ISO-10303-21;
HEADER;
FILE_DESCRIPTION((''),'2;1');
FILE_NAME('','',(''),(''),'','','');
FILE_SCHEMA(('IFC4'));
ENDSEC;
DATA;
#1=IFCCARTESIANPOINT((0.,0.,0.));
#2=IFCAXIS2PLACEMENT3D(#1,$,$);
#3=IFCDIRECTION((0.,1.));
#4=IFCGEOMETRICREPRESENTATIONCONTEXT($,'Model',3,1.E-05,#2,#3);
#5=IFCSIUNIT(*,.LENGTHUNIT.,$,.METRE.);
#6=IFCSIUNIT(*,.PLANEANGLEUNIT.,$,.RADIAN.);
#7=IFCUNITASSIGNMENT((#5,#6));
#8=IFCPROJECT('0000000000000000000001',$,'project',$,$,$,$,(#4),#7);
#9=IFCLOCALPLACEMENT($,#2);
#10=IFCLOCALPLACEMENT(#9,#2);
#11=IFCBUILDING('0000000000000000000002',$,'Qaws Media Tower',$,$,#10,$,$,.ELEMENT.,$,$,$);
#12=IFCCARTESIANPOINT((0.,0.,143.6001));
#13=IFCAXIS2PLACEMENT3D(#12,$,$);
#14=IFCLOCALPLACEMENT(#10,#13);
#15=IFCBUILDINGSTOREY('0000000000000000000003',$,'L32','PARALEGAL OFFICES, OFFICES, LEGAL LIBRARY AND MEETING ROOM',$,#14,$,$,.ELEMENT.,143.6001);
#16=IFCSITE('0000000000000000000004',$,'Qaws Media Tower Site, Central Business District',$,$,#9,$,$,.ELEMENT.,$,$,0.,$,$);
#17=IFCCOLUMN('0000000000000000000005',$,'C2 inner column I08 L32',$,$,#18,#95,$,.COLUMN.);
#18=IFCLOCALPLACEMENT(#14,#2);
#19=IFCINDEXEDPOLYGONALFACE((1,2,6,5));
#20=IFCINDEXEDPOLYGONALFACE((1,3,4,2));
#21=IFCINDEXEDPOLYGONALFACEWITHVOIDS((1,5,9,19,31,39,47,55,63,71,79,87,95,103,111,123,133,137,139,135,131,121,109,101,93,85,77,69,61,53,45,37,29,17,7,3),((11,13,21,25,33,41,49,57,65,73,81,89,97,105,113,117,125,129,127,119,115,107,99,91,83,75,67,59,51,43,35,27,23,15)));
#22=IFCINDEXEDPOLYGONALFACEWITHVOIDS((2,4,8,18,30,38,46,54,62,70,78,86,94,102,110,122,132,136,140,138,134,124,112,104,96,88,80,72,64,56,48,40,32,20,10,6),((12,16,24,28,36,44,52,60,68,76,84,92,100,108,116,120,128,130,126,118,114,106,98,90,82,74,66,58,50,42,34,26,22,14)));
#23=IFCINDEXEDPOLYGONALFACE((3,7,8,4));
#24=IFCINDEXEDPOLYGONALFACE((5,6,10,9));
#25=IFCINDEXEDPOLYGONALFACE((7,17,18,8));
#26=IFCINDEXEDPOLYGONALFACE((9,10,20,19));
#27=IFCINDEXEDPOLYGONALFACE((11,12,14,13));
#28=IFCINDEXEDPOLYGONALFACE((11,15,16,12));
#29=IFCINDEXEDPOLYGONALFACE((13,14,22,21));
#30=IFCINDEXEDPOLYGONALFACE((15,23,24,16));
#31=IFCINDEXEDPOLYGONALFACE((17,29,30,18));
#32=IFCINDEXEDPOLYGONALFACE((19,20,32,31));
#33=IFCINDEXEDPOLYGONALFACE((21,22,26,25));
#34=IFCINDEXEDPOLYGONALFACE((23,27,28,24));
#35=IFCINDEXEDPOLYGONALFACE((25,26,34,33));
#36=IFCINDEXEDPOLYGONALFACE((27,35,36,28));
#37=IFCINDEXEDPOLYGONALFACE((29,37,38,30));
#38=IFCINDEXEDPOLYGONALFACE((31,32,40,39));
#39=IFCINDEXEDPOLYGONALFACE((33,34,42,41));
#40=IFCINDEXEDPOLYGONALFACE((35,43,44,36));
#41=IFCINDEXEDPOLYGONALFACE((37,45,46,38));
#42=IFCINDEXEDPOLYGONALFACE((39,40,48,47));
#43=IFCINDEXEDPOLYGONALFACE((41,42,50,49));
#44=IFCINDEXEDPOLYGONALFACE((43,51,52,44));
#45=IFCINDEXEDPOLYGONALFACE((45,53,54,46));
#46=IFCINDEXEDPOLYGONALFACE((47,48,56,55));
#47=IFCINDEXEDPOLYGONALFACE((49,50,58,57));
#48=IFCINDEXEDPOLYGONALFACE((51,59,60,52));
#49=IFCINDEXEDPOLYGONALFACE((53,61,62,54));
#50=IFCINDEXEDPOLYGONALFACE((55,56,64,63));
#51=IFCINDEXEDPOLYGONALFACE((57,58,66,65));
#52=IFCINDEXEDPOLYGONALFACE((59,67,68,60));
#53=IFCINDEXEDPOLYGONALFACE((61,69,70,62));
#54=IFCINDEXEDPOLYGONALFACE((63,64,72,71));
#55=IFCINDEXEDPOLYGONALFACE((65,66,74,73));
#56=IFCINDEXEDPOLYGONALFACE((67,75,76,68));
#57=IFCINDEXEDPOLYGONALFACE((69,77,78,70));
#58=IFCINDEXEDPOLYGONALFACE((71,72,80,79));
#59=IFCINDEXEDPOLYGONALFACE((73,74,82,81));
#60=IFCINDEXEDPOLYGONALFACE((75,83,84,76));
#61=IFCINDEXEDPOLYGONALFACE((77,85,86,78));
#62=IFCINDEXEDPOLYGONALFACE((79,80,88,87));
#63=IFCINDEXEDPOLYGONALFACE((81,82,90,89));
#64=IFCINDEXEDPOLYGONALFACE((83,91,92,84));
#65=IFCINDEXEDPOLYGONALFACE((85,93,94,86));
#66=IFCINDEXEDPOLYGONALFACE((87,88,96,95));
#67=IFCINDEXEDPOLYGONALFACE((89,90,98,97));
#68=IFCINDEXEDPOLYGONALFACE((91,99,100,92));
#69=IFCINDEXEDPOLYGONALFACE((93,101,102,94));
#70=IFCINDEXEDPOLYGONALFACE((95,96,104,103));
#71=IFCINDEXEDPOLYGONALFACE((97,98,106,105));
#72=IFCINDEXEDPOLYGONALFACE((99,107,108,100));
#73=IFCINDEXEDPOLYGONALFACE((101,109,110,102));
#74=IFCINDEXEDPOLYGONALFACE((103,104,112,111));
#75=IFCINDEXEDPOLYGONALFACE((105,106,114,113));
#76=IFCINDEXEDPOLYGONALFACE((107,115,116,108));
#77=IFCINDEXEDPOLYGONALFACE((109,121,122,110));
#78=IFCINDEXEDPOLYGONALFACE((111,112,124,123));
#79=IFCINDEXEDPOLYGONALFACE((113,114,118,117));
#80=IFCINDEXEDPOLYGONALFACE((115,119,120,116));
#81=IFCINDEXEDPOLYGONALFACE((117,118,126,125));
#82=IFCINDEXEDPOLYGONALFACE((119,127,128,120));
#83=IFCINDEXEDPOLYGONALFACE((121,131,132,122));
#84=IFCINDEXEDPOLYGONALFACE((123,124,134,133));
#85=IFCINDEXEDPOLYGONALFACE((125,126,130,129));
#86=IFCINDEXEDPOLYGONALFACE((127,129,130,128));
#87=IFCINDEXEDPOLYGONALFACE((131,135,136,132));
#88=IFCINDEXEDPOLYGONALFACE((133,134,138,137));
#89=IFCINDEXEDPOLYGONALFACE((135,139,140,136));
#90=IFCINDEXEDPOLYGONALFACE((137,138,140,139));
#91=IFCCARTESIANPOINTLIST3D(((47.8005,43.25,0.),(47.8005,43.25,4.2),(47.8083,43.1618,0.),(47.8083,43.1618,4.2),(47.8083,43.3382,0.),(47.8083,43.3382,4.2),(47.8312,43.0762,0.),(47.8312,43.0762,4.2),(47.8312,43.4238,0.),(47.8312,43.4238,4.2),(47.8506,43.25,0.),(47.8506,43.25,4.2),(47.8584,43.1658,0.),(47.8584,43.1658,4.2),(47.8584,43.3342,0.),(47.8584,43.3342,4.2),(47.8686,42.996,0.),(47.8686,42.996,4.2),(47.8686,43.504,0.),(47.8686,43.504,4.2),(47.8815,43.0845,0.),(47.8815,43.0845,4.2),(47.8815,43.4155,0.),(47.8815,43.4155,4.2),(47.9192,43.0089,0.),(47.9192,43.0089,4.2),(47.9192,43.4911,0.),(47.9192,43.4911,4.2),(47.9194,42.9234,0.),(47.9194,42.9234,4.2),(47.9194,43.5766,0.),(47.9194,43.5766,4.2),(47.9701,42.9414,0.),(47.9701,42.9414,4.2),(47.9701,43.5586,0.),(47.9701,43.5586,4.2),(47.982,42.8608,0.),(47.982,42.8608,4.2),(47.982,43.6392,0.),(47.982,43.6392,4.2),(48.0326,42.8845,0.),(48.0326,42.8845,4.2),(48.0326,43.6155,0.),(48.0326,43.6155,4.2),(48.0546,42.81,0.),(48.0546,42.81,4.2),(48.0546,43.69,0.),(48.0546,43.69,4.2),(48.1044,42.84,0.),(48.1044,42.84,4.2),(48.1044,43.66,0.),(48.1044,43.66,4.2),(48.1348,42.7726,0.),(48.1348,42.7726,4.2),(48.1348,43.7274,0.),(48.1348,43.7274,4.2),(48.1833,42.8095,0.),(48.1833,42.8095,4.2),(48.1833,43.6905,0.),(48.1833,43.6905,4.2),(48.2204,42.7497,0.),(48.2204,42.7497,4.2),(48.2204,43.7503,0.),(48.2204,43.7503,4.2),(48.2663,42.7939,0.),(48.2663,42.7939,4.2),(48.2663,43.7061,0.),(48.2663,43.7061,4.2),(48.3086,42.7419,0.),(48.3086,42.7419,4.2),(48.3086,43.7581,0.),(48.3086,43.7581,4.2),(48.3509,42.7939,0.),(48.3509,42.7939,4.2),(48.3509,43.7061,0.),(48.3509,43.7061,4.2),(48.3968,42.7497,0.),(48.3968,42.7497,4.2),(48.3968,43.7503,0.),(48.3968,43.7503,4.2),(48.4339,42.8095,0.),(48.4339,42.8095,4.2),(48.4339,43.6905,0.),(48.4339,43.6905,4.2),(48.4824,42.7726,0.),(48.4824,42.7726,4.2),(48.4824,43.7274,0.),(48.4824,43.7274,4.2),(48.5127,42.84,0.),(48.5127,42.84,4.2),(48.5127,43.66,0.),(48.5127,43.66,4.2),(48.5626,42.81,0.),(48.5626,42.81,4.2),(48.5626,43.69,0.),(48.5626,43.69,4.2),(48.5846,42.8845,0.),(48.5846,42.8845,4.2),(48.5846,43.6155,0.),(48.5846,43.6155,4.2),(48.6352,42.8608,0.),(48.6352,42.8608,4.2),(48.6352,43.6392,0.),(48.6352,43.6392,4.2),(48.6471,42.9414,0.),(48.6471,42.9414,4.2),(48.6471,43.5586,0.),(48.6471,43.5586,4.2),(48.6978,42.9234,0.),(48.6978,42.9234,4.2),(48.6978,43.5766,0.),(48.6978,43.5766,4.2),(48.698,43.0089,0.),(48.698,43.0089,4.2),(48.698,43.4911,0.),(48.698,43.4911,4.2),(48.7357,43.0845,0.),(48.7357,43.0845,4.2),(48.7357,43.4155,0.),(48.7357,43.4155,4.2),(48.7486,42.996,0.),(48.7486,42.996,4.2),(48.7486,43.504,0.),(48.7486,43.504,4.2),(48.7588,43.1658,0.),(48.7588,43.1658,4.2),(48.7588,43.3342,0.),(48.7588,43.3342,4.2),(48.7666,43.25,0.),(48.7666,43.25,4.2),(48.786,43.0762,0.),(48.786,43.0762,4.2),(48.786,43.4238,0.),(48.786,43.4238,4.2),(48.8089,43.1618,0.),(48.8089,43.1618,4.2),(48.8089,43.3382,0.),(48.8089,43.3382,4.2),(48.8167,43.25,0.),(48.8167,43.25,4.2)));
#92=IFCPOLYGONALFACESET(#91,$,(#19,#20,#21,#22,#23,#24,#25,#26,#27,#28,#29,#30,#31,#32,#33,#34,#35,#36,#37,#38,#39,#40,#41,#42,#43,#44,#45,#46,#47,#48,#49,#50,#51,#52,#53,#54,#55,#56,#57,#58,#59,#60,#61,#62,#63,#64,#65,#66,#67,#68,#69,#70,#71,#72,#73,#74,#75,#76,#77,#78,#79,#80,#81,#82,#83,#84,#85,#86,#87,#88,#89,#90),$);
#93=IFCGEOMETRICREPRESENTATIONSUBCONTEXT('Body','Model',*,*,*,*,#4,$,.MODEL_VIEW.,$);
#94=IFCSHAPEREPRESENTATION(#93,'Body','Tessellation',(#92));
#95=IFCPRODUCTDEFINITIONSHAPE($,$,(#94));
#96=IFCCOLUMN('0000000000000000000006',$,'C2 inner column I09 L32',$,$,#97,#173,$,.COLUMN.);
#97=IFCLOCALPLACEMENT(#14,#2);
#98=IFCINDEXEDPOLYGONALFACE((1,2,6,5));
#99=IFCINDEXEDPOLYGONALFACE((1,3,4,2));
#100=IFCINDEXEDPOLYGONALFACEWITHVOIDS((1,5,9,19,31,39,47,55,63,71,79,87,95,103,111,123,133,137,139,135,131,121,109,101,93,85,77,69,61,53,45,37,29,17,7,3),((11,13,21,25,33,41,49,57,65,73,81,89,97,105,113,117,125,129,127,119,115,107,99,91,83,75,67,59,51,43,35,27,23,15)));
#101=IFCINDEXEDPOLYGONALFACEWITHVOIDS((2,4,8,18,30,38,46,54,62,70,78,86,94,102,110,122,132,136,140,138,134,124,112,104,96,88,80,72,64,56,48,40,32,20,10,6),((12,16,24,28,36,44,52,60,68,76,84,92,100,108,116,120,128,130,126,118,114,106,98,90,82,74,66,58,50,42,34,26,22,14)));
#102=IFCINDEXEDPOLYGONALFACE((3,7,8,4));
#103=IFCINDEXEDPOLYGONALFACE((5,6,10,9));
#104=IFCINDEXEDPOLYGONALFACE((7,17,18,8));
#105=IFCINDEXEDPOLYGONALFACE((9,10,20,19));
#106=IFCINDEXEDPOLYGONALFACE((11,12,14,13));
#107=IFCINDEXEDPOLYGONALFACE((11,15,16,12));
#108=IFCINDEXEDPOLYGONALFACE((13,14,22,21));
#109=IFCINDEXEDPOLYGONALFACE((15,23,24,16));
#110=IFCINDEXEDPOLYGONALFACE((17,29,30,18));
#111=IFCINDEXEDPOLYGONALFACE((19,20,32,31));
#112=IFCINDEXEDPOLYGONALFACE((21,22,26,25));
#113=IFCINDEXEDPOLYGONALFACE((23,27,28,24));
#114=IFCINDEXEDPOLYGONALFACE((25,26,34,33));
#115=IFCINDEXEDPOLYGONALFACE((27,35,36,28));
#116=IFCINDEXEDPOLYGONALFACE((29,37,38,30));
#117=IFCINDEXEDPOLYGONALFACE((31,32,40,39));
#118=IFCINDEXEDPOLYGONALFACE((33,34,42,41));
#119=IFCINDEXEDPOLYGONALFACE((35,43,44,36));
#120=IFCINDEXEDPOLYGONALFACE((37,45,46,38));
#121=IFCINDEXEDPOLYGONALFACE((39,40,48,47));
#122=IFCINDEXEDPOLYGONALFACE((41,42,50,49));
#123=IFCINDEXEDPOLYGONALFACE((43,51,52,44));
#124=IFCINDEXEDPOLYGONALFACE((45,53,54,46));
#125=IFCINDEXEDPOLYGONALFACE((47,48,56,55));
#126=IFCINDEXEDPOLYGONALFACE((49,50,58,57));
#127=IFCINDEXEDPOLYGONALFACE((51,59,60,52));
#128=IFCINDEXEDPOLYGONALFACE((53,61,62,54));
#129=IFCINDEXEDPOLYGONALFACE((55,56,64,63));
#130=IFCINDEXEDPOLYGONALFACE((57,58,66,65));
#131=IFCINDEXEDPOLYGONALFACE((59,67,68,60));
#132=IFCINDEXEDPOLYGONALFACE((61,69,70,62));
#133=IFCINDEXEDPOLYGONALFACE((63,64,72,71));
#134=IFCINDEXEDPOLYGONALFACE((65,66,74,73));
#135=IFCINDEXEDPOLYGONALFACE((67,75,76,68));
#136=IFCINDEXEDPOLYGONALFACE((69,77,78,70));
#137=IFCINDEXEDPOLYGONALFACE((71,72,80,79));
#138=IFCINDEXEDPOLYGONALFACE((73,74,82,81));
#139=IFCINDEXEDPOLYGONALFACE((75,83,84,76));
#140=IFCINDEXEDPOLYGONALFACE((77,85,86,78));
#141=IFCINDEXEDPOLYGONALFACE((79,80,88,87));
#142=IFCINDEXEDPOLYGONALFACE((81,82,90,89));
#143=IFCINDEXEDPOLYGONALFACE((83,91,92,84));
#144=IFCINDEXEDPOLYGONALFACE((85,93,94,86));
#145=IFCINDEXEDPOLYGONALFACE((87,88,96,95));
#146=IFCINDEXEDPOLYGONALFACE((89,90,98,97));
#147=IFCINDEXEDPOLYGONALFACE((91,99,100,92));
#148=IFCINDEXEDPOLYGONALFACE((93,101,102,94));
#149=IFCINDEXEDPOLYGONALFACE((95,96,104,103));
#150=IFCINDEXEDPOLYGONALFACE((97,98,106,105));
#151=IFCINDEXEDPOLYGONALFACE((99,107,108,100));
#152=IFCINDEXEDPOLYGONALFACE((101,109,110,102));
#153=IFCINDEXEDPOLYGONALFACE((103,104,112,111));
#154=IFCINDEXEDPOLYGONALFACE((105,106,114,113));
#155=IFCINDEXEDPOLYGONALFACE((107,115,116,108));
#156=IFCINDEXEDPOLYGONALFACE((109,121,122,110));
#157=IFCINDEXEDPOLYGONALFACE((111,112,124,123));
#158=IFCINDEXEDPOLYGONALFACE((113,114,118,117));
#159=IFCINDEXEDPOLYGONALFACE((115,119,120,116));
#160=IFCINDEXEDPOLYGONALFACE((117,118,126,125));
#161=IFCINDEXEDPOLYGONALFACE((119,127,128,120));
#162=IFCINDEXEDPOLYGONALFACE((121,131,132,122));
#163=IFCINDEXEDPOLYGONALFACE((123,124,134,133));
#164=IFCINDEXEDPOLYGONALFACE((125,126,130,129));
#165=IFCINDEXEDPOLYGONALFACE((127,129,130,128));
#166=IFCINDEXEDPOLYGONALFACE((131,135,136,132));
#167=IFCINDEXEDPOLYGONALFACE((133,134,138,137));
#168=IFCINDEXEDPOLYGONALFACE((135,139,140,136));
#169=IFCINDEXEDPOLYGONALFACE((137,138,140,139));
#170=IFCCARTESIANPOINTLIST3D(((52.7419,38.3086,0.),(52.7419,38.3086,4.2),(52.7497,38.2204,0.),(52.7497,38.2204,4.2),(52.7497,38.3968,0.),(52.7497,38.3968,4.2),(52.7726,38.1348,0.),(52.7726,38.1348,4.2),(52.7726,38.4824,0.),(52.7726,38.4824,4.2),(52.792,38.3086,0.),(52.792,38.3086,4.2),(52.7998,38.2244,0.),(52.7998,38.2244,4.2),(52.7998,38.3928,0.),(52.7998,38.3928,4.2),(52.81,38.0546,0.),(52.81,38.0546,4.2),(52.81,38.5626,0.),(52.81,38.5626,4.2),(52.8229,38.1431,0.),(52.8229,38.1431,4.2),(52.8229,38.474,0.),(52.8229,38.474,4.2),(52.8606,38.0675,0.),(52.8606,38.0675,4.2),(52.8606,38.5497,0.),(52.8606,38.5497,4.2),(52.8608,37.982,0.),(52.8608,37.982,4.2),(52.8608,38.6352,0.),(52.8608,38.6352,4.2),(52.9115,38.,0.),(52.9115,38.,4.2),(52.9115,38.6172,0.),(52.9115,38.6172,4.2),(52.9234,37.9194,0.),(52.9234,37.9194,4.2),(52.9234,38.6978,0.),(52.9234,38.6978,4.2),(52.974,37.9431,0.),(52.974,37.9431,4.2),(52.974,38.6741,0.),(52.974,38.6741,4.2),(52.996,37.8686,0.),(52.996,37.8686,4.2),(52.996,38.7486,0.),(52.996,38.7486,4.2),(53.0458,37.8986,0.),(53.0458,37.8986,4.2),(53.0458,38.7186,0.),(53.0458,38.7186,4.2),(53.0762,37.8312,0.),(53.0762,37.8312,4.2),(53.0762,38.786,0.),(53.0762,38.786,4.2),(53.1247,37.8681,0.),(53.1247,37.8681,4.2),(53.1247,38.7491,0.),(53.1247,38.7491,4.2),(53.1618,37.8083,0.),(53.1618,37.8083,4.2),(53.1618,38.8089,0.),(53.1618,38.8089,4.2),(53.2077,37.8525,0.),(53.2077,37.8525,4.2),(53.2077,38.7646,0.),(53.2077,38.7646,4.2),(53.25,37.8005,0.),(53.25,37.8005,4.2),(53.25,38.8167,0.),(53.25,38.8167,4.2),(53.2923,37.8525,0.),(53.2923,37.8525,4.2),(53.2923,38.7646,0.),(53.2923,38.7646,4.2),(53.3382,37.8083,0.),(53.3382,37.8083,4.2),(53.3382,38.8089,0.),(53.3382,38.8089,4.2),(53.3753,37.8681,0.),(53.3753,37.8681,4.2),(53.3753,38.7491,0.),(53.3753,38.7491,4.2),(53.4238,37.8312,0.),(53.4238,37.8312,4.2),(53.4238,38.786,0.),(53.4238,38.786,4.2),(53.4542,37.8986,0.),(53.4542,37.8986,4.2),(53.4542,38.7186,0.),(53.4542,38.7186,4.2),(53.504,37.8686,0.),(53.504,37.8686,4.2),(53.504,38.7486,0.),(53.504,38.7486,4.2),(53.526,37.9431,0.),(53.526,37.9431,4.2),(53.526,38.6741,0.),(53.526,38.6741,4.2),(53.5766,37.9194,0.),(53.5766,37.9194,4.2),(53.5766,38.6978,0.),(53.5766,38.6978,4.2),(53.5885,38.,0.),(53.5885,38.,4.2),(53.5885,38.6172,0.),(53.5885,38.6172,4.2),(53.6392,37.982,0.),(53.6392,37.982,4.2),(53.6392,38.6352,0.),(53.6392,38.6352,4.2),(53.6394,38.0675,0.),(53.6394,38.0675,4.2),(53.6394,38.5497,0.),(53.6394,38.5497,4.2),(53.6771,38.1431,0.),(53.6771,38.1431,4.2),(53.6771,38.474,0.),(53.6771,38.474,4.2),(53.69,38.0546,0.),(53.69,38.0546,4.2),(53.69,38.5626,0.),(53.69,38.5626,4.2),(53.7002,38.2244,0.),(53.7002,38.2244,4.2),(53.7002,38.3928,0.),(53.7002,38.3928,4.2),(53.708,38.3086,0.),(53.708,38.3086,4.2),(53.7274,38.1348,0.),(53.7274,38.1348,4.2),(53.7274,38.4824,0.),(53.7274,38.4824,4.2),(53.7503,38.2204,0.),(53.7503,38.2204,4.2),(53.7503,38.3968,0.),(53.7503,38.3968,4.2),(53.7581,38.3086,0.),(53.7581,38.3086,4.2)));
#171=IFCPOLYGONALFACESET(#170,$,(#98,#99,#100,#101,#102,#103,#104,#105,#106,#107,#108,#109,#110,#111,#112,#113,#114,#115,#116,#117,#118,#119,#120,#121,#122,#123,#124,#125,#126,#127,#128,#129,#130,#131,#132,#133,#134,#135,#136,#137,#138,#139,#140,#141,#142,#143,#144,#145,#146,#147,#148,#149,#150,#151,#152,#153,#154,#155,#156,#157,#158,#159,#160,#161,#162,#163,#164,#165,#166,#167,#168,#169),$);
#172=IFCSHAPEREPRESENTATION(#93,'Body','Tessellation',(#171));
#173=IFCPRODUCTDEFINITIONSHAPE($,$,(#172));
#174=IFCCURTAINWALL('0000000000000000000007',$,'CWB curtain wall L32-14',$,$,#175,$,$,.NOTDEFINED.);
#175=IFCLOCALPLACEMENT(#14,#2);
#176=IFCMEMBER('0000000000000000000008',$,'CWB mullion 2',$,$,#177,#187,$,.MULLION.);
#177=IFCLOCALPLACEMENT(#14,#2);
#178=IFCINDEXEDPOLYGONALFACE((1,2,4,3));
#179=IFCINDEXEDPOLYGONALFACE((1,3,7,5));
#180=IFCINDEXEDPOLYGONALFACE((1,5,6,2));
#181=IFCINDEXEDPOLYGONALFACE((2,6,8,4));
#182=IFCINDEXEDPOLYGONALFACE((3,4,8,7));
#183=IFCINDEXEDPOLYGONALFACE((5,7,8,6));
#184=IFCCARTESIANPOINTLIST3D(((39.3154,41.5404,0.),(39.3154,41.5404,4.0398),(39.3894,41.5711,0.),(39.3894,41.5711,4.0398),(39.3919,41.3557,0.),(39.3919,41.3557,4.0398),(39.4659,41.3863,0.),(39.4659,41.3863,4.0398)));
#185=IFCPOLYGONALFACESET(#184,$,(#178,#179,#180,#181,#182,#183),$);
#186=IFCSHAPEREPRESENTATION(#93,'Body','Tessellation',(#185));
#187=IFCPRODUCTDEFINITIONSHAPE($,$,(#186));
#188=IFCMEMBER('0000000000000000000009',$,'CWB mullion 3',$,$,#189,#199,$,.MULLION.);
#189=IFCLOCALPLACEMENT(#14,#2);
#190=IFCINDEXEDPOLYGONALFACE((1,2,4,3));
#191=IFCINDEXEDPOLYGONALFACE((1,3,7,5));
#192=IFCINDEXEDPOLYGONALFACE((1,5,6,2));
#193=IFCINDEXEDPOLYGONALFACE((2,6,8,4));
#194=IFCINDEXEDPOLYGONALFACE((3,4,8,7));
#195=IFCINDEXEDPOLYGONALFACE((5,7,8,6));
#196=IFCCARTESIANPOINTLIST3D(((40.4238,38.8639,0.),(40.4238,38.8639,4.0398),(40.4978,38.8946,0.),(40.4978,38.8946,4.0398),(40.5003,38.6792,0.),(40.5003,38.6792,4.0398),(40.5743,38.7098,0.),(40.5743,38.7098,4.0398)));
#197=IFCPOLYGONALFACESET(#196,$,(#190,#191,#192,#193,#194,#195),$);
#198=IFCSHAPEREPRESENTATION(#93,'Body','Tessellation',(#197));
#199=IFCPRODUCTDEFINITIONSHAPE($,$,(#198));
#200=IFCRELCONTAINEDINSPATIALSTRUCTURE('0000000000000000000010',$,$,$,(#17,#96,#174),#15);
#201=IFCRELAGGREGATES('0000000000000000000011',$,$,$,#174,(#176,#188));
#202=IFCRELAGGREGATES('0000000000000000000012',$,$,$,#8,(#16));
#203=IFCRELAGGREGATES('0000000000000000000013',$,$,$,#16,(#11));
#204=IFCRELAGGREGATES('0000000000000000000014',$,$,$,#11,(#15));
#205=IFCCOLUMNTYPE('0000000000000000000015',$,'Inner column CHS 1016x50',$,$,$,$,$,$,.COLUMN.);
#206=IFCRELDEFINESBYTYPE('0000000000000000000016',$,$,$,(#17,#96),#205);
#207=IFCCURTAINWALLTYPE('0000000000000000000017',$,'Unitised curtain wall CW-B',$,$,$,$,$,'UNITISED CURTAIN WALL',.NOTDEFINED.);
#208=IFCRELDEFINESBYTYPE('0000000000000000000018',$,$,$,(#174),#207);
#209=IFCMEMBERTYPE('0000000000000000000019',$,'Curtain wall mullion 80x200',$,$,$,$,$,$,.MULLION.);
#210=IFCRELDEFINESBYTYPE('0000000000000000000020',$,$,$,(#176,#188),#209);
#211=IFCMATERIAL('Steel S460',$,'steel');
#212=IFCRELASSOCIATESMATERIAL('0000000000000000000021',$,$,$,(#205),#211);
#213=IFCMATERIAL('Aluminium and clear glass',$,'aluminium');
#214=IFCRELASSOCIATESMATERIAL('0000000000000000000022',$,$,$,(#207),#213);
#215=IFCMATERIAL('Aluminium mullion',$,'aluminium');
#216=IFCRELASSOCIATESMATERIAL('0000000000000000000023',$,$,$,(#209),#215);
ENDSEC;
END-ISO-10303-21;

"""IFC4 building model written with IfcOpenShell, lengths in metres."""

from ifc_helpers import new_model, si_unit, direction, frame, origin, origin_2d, place, context, subcontext, project, spatial, rectangle, hollow_circle, extrude, material, material_profile, profile_set, type_object, element, aggregate, save


model = new_model("IFC4")

# Units and contexts
model_context = context("Model", 3, precision=1e-05, world=origin(), true_north=direction((0.0, 1.0)))
body_context = subcontext(model_context, "Body", "Model", "MODEL_VIEW")
ifc_project = project(units=[si_unit("LENGTHUNIT", "METRE"), si_unit("PLANEANGLEUNIT", "RADIAN")], contexts=[model_context])

# Site, building, storey
site_placement = place(None, origin())
site = spatial("IfcSite", under=ifc_project, at=site_placement, Name="Qaws Media Tower Site, Central Business District", CompositionType="ELEMENT", RefElevation=0.0)
building_placement = place(site_placement, origin())
building = spatial("IfcBuilding", under=site, at=building_placement, Name="Qaws Media Tower", CompositionType="ELEMENT")
storey_placement = place(building_placement, frame((0.0, 0.0, 143.6001)))
storey = spatial("IfcBuildingStorey", under=building, at=storey_placement, Name="L32", Description="PARALEGAL OFFICES, OFFICES, LEGAL LIBRARY AND MEETING ROOM", CompositionType="ELEMENT", Elevation=143.6001)

# Columns
ifc_material_1 = material(Name="Steel S460", Category="steel")
ifc_material_profile_1 = material_profile(ifc_material_1, hollow_circle(Radius=0.5081, WallThickness=0.05, at=origin_2d()), Name="CHS 1016x50")
ifc_profile_set_1 = profile_set([ifc_material_profile_1], Name="Steel S460")
column_type = type_object("IfcColumnType", Name="Inner column CHS 1016x50", PredefinedType="COLUMN", material=ifc_profile_set_1)
for number, where, z_axis, x_axis, name in (
    (1, (48.3086, 43.25, 0.0), (0.0, 0.0, 1.0), (1.0, 0.0, 0.0), "C2 inner column I08 L32"),
    (2, (53.25, 38.3086, 0.0), (0.0, 0.0, 1.0), (1.0, 0.0, 0.0), "C2 inner column I09 L32"),
):
    element("IfcColumn", number, at=place(storey_placement, frame(where, z_axis=z_axis, x_axis=x_axis)), inside=storey, type_object=column_type, Name=name, PredefinedType="COLUMN", context=body_context, shape_type="SweptSolid", body=[
        extrude(hollow_circle(Radius=0.5081, WallThickness=0.05, at=origin_2d()), origin(), (0.0, 0.0, 1.0), 4.2),
    ])

# Curtain wall, members
ifc_material_2 = material(Name="Aluminium and clear glass", Category="aluminium")
curtain_wall_type = type_object("IfcCurtainWallType", Name="Unitised curtain wall CW-B", ElementType="UNITISED CURTAIN WALL", PredefinedType="NOTDEFINED", material=ifc_material_2)
curtain_wall_1_placement = place(storey_placement, origin())
curtain_wall_1 = element("IfcCurtainWall", 3, at=curtain_wall_1_placement, inside=storey, type_object=curtain_wall_type, Name="CWB curtain wall L32-14", PredefinedType="NOTDEFINED")
ifc_material_3 = material(Name="Aluminium mullion", Category="aluminium")
ifc_material_profile_2 = material_profile(ifc_material_3, rectangle(XDim=0.0801, YDim=0.2, at=origin_2d()), Name="80x200")
ifc_profile_set_2 = profile_set([ifc_material_profile_2], Name="Aluminium mullion")
member_type_1 = type_object("IfcMemberType", Name="Curtain wall mullion 80x200", PredefinedType="MULLION", material=ifc_profile_set_2)
member_1_placement = place(storey_placement, frame((39.3906, 41.4634, 0.0), z_axis=(0.0, 0.0, 1.0), x_axis=(0.92388, 0.382683, 0.0)))
member_1 = element("IfcMember", 4, at=member_1_placement, type_object=member_type_1, Name="CWB mullion 2", PredefinedType="MULLION", context=body_context, shape_type="SweptSolid", body=[
    extrude(rectangle(XDim=0.0801, YDim=0.2, at=origin_2d()), origin(), (0.0, 0.0, 1.0), 4.0398),
])
member_2_placement = place(storey_placement, frame((40.499, 38.7869, 0.0), z_axis=(0.0, 0.0, 1.0), x_axis=(0.92388, 0.382683, 0.0)))
member_2 = element("IfcMember", 5, at=member_2_placement, type_object=member_type_1, Name="CWB mullion 3", PredefinedType="MULLION", context=body_context, shape_type="SweptSolid", body=[
    extrude(rectangle(XDim=0.0801, YDim=0.2, at=origin_2d()), origin(), (0.0, 0.0, 1.0), 4.0398),
])

aggregate(curtain_wall_1, [member_1, member_2])

save(model, "model.ifc")
